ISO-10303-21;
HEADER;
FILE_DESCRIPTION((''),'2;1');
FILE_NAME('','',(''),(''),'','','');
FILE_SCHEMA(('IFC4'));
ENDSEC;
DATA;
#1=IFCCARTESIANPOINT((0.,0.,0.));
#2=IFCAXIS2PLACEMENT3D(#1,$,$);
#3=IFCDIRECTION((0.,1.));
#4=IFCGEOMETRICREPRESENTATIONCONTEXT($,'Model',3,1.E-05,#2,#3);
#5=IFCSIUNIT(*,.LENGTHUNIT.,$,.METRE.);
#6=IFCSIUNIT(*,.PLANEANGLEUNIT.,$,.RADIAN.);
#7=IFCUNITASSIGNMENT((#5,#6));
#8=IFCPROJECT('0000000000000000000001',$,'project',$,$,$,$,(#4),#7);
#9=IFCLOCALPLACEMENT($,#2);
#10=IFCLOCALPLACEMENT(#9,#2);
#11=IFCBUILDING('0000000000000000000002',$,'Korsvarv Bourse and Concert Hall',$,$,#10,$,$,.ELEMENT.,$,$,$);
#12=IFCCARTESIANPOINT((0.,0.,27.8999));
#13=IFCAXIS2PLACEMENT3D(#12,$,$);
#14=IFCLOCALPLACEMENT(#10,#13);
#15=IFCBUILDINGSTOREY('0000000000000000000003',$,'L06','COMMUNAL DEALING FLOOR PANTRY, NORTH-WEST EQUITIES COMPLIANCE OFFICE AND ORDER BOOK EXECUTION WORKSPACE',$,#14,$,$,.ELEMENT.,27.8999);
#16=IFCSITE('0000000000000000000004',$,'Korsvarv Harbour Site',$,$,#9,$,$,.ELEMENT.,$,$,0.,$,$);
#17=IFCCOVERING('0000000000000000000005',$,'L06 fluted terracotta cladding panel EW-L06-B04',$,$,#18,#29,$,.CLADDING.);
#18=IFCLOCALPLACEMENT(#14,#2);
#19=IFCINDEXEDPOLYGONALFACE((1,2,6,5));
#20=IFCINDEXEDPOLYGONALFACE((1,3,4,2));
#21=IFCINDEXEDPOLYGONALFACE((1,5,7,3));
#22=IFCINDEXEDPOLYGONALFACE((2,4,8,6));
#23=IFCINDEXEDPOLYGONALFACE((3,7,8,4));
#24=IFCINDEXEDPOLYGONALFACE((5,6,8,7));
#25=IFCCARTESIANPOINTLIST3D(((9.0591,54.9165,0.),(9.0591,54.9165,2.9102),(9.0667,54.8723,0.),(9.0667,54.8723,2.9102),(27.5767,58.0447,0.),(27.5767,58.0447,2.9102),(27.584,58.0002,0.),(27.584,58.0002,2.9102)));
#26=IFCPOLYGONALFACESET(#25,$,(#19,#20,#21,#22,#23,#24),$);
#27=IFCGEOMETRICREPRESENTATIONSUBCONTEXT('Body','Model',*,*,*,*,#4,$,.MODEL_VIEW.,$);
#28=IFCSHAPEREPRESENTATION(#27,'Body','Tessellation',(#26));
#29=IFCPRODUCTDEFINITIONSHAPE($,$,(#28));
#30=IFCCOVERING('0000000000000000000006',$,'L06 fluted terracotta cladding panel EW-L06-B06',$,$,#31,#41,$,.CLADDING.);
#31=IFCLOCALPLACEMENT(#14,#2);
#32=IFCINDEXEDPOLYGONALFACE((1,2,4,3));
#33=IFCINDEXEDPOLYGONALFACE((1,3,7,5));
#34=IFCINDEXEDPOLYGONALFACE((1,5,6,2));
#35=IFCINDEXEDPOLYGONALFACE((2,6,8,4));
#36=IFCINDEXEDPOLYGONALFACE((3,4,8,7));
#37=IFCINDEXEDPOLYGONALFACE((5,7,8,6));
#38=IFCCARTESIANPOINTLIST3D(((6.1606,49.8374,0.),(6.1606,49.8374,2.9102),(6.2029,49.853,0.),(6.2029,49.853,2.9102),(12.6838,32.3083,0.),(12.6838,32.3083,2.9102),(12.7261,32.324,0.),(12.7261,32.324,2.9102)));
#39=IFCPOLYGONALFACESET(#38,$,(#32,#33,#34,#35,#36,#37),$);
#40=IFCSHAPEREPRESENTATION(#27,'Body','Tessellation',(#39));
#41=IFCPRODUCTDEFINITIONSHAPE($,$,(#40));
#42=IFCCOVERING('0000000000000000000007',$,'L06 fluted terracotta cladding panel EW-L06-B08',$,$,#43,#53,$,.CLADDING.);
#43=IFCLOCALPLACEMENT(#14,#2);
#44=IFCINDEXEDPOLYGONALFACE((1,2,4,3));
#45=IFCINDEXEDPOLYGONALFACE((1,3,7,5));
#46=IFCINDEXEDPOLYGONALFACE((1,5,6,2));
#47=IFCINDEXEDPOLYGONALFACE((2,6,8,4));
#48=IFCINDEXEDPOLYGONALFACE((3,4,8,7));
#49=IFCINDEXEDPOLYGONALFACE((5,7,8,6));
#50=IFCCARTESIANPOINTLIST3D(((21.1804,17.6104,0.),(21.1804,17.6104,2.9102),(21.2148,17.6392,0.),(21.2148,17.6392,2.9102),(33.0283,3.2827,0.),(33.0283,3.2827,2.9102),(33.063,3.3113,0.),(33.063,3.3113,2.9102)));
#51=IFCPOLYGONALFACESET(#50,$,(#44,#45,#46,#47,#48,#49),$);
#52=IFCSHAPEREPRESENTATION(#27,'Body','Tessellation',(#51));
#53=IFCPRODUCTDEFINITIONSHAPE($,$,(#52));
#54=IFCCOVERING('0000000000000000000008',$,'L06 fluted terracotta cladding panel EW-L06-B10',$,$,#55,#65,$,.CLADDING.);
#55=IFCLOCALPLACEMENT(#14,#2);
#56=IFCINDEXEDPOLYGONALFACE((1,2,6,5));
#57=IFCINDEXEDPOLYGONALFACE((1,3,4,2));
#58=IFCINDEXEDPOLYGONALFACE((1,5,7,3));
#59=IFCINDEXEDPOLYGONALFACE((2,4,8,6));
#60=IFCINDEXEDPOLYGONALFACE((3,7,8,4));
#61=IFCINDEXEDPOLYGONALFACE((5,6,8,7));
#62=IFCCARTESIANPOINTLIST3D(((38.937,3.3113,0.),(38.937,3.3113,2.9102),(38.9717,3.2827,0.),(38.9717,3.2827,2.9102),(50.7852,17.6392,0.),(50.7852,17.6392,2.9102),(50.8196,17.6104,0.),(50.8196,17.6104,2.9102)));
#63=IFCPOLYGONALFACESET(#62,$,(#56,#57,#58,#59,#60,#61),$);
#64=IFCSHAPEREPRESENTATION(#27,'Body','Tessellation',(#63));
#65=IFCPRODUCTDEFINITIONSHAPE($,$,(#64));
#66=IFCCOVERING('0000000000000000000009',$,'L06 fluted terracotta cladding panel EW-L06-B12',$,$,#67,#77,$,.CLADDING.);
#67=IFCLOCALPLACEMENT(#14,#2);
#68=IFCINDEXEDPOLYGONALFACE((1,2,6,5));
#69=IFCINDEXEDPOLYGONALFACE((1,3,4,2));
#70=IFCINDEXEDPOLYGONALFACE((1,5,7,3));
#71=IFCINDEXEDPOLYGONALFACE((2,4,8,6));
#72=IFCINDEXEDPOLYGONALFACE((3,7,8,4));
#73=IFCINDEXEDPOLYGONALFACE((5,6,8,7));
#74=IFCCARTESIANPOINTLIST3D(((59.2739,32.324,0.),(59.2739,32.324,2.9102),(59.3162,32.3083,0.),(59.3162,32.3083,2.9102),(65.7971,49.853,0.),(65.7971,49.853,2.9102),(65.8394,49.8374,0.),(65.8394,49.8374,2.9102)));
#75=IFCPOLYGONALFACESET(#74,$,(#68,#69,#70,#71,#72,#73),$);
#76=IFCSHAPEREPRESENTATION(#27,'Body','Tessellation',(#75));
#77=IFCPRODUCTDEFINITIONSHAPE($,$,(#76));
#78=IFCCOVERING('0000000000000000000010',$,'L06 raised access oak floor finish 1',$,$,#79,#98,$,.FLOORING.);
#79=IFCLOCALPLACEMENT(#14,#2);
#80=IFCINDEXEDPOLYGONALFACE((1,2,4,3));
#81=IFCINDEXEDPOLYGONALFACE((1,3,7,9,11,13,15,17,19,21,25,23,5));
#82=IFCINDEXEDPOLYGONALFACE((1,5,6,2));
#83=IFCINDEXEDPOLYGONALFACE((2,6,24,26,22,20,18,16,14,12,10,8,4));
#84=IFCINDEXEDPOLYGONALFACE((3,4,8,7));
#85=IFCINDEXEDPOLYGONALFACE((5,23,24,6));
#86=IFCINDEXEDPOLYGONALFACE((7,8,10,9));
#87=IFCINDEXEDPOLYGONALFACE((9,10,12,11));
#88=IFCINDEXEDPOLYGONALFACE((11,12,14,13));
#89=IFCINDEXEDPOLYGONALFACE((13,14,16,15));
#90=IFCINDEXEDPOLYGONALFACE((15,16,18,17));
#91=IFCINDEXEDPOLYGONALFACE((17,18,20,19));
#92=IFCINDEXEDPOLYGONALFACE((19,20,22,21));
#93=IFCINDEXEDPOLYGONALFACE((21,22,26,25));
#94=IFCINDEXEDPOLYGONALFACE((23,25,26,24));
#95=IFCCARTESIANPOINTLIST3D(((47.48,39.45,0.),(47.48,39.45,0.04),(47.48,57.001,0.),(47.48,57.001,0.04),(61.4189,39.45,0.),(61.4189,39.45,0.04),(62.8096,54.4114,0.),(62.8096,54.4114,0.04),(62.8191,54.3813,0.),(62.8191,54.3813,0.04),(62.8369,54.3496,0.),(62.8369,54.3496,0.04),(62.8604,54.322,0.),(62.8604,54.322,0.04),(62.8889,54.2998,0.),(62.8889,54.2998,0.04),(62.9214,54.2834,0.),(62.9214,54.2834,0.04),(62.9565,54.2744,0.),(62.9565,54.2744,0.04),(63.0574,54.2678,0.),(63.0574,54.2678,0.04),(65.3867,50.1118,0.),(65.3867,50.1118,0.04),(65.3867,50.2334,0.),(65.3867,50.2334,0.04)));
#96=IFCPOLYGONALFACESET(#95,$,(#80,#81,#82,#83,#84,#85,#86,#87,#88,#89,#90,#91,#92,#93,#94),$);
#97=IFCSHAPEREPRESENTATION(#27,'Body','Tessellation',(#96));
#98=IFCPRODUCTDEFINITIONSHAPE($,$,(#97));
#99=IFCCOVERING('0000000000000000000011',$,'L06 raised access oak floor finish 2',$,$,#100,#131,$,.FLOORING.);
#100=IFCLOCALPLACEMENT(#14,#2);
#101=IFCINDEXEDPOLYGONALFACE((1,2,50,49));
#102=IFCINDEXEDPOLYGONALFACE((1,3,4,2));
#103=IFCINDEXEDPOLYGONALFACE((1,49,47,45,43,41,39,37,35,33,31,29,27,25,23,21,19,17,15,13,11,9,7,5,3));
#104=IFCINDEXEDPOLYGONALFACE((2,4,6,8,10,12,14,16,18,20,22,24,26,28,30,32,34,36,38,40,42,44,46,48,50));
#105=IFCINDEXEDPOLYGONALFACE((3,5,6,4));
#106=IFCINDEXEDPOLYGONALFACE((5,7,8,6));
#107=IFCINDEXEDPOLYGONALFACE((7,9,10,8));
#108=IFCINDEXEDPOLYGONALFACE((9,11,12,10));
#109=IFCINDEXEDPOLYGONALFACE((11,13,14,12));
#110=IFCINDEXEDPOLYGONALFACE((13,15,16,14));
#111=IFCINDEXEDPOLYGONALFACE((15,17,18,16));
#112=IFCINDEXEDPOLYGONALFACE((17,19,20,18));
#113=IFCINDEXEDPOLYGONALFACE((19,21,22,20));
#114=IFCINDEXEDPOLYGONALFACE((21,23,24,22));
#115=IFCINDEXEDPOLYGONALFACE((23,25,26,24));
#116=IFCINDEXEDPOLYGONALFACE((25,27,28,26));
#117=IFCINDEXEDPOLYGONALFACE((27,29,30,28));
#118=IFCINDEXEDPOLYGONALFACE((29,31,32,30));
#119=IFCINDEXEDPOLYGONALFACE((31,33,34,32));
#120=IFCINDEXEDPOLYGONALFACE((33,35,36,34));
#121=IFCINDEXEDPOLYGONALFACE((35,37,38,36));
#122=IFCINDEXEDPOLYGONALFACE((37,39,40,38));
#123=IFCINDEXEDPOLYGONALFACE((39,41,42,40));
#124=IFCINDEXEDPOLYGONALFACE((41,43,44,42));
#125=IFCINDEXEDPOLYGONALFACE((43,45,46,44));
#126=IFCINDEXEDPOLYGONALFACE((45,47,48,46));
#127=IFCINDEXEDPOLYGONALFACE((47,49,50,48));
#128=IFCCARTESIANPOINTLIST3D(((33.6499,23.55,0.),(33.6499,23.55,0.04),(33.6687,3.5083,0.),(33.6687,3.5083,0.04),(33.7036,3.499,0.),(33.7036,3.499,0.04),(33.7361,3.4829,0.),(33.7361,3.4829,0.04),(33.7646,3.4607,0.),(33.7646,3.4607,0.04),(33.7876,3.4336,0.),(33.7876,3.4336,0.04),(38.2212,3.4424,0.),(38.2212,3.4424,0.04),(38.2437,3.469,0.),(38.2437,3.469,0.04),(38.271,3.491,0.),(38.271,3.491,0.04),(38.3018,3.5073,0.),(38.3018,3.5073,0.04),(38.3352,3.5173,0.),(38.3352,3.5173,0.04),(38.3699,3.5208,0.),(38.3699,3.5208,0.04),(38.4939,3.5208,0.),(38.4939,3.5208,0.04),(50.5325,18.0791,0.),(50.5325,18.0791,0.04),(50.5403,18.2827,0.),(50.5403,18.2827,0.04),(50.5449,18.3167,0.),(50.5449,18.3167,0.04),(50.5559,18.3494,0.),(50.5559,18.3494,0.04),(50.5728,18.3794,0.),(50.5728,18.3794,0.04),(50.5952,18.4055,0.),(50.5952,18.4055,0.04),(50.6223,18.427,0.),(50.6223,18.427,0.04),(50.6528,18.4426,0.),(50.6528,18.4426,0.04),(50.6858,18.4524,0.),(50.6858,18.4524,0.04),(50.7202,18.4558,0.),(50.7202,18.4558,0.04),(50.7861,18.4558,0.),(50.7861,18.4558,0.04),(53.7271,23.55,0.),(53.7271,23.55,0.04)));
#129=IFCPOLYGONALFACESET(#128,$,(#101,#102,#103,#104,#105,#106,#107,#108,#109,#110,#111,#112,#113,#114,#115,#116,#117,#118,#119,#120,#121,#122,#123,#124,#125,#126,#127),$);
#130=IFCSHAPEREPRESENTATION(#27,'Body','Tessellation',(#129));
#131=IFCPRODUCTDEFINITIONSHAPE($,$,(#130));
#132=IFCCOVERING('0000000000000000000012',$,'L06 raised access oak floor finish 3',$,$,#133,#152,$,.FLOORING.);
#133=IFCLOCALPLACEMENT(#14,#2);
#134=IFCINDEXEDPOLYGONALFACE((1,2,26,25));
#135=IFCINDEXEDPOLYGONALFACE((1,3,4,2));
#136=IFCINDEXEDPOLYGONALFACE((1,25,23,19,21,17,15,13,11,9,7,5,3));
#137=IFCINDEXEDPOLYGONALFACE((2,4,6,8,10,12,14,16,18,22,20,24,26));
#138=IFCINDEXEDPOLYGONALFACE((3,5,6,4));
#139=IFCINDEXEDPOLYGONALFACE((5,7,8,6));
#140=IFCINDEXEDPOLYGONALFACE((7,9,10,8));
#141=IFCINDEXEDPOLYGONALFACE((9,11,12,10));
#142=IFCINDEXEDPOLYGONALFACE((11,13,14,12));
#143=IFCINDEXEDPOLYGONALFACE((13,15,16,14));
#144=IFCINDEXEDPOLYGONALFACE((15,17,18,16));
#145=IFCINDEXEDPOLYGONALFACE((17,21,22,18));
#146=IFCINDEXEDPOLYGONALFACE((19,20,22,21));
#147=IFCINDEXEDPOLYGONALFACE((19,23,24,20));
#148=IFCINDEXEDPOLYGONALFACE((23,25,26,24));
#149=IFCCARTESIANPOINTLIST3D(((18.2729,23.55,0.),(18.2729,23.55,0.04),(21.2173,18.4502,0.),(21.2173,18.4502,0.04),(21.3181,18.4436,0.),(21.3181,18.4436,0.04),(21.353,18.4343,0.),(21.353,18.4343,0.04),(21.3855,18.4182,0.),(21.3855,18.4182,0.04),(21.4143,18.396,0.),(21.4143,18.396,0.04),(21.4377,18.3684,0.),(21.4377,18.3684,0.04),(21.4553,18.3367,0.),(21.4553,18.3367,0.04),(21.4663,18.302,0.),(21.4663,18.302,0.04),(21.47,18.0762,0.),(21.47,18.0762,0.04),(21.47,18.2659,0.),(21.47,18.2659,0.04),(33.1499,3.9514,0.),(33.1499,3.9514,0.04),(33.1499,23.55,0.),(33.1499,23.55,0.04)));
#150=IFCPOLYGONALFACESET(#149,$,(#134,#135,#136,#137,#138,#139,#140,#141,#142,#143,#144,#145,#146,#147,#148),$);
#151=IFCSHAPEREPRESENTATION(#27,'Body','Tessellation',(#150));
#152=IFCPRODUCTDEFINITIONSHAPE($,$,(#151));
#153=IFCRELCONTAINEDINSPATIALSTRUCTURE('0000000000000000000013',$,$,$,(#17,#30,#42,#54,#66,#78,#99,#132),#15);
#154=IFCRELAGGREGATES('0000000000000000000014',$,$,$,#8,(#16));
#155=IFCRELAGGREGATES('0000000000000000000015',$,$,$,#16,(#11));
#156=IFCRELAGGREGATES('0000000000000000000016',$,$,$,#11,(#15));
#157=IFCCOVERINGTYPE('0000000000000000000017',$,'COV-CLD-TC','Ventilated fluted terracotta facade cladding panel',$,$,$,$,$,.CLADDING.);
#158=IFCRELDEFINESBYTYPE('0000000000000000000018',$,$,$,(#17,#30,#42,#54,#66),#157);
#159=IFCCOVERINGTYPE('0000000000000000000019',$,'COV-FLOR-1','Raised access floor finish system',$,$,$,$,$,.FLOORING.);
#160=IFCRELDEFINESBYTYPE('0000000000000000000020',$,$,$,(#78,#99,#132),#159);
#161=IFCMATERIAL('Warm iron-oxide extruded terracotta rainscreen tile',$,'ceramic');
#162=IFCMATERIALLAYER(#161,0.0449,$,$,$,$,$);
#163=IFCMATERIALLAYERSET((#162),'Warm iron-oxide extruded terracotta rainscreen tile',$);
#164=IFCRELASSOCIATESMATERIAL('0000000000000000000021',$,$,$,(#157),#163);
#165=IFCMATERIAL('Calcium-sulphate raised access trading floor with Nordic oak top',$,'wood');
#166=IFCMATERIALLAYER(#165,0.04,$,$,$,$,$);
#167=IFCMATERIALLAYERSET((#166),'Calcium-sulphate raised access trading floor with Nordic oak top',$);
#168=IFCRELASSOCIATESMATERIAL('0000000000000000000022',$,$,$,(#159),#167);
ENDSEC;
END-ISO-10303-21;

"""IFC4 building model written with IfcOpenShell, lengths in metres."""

from ifc_helpers import new_model, si_unit, direction, frame, origin, place, context, subcontext, project, spatial, polyline, outline, extrude, material, layer, layer_set, type_object, element, save


model = new_model("IFC4")

# Units and contexts
model_context = context("Model", 3, precision=1e-05, world=origin(), true_north=direction((0.0, 1.0)))
body_context = subcontext(model_context, "Body", "Model", "MODEL_VIEW")
ifc_project = project(units=[si_unit("LENGTHUNIT", "METRE"), si_unit("PLANEANGLEUNIT", "RADIAN")], contexts=[model_context])

# Site, building, storey
site_placement = place(None, origin())
site = spatial("IfcSite", under=ifc_project, at=site_placement, Name="Korsvarv Harbour Site", CompositionType="ELEMENT", RefElevation=0.0)
building_placement = place(site_placement, origin())
building = spatial("IfcBuilding", under=site, at=building_placement, Name="Korsvarv Bourse and Concert Hall", CompositionType="ELEMENT")
storey_placement = place(building_placement, frame((0.0, 0.0, 27.8999)))
storey = spatial("IfcBuildingStorey", under=building, at=storey_placement, Name="L06", Description="COMMUNAL DEALING FLOOR PANTRY, NORTH-WEST EQUITIES COMPLIANCE OFFICE AND ORDER BOOK EXECUTION WORKSPACE", CompositionType="ELEMENT", Elevation=27.8999)

# Coverings
ifc_material_1 = material(Name="Warm iron-oxide extruded terracotta rainscreen tile", Category="ceramic")
ifc_layer_1 = layer(ifc_material_1, 0.0449)
ifc_layer_set_1 = layer_set([ifc_layer_1], Name="Warm iron-oxide extruded terracotta rainscreen tile")
covering_type_1 = type_object("IfcCoveringType", Name="COV-CLD-TC", Description="Ventilated fluted terracotta facade cladding panel", PredefinedType="CLADDING", material=ifc_layer_set_1)
covering_1_placement = place(storey_placement, origin())
element("IfcCovering", 1, at=covering_1_placement, inside=storey, type_object=covering_type_1, Name="L06 fluted terracotta cladding panel EW-L06-B04", PredefinedType="CLADDING", context=body_context, shape_type="SweptSolid", body=[
    extrude(outline(polyline([(27.584, 58.0002), (9.0667, 54.8723), (9.0591, 54.9165), (27.5767, 58.0447), (27.584, 58.0002)])), origin(), (0.0, 0.0, 1.0), 2.9102),
])
covering_2_placement = place(storey_placement, origin())
element("IfcCovering", 2, at=covering_2_placement, inside=storey, type_object=covering_type_1, Name="L06 fluted terracotta cladding panel EW-L06-B06", PredefinedType="CLADDING", context=body_context, shape_type="SweptSolid", body=[
    extrude(outline(polyline([(6.2029, 49.853), (12.7261, 32.324), (12.6838, 32.3083), (6.1606, 49.8374), (6.2029, 49.853)])), origin(), (0.0, 0.0, 1.0), 2.9102),
])
covering_3_placement = place(storey_placement, origin())
element("IfcCovering", 3, at=covering_3_placement, inside=storey, type_object=covering_type_1, Name="L06 fluted terracotta cladding panel EW-L06-B08", PredefinedType="CLADDING", context=body_context, shape_type="SweptSolid", body=[
    extrude(outline(polyline([(21.2148, 17.6392), (33.063, 3.3113), (33.0283, 3.2827), (21.1804, 17.6104), (21.2148, 17.6392)])), origin(), (0.0, 0.0, 1.0), 2.9102),
])
covering_4_placement = place(storey_placement, origin())
element("IfcCovering", 4, at=covering_4_placement, inside=storey, type_object=covering_type_1, Name="L06 fluted terracotta cladding panel EW-L06-B10", PredefinedType="CLADDING", context=body_context, shape_type="SweptSolid", body=[
    extrude(outline(polyline([(38.937, 3.3113), (50.7852, 17.6392), (50.8196, 17.6104), (38.9717, 3.2827), (38.937, 3.3113)])), origin(), (0.0, 0.0, 1.0), 2.9102),
])
covering_5_placement = place(storey_placement, origin())
element("IfcCovering", 5, at=covering_5_placement, inside=storey, type_object=covering_type_1, Name="L06 fluted terracotta cladding panel EW-L06-B12", PredefinedType="CLADDING", context=body_context, shape_type="SweptSolid", body=[
    extrude(outline(polyline([(59.2739, 32.324), (65.7971, 49.853), (65.8394, 49.8374), (59.3162, 32.3083), (59.2739, 32.324)])), origin(), (0.0, 0.0, 1.0), 2.9102),
])
ifc_material_2 = material(Name="Calcium-sulphate raised access trading floor with Nordic oak top", Category="wood")
ifc_layer_2 = layer(ifc_material_2, 0.04)
ifc_layer_set_2 = layer_set([ifc_layer_2], Name="Calcium-sulphate raised access trading floor with Nordic oak top")
covering_type_2 = type_object("IfcCoveringType", Name="COV-FLOR-1", Description="Raised access floor finish system", PredefinedType="FLOORING", material=ifc_layer_set_2)
covering_6_placement = place(storey_placement, origin())
element("IfcCovering", 6, at=covering_6_placement, inside=storey, type_object=covering_type_2, Name="L06 raised access oak floor finish 1", PredefinedType="FLOORING", context=body_context, shape_type="SweptSolid", body=[
    extrude(outline(polyline([(47.48, 57.001), (62.8096, 54.4114), (62.8191, 54.3813), (62.8369, 54.3496), (62.8604, 54.322), (62.8889, 54.2998), (62.9214, 54.2834), (62.9565, 54.2744), (63.0574, 54.2678), (65.3867, 50.2334), (65.3867, 50.1118), (61.4189, 39.45), (47.48, 39.45), (47.48, 57.001)])), origin(), (0.0, 0.0, 1.0), 0.04),
])
covering_7_placement = place(storey_placement, origin())
element("IfcCovering", 7, at=covering_7_placement, inside=storey, type_object=covering_type_2, Name="L06 raised access oak floor finish 2", PredefinedType="FLOORING", context=body_context, shape_type="SweptSolid", body=[
    extrude(outline(polyline([(53.7271, 23.55), (50.7861, 18.4558), (50.7202, 18.4558), (50.6858, 18.4524), (50.6528, 18.4426), (50.6223, 18.427), (50.5952, 18.4055), (50.5728, 18.3794), (50.5559, 18.3494), (50.5449, 18.3167), (50.5403, 18.2827), (50.5325, 18.0791), (38.4939, 3.5208), (38.3699, 3.5208), (38.3352, 3.5173), (38.3018, 3.5073), (38.271, 3.491), (38.2437, 3.469), (38.2212, 3.4424), (33.7876, 3.4336), (33.7646, 3.4607), (33.7361, 3.4829), (33.7036, 3.499), (33.6687, 3.5083), (33.6499, 23.55), (53.7271, 23.55)])), origin(), (0.0, 0.0, 1.0), 0.04),
])
covering_8_placement = place(storey_placement, origin())
element("IfcCovering", 8, at=covering_8_placement, inside=storey, type_object=covering_type_2, Name="L06 raised access oak floor finish 3", PredefinedType="FLOORING", context=body_context, shape_type="SweptSolid", body=[
    extrude(outline(polyline([(33.1499, 23.55), (33.1499, 3.9514), (21.47, 18.0762), (21.47, 18.2659), (21.4663, 18.302), (21.4553, 18.3367), (21.4377, 18.3684), (21.4143, 18.396), (21.3855, 18.4182), (21.353, 18.4343), (21.3181, 18.4436), (21.2173, 18.4502), (18.2729, 23.55), (33.1499, 23.55)])), origin(), (0.0, 0.0, 1.0), 0.04),
])

save(model, "model.ifc")
